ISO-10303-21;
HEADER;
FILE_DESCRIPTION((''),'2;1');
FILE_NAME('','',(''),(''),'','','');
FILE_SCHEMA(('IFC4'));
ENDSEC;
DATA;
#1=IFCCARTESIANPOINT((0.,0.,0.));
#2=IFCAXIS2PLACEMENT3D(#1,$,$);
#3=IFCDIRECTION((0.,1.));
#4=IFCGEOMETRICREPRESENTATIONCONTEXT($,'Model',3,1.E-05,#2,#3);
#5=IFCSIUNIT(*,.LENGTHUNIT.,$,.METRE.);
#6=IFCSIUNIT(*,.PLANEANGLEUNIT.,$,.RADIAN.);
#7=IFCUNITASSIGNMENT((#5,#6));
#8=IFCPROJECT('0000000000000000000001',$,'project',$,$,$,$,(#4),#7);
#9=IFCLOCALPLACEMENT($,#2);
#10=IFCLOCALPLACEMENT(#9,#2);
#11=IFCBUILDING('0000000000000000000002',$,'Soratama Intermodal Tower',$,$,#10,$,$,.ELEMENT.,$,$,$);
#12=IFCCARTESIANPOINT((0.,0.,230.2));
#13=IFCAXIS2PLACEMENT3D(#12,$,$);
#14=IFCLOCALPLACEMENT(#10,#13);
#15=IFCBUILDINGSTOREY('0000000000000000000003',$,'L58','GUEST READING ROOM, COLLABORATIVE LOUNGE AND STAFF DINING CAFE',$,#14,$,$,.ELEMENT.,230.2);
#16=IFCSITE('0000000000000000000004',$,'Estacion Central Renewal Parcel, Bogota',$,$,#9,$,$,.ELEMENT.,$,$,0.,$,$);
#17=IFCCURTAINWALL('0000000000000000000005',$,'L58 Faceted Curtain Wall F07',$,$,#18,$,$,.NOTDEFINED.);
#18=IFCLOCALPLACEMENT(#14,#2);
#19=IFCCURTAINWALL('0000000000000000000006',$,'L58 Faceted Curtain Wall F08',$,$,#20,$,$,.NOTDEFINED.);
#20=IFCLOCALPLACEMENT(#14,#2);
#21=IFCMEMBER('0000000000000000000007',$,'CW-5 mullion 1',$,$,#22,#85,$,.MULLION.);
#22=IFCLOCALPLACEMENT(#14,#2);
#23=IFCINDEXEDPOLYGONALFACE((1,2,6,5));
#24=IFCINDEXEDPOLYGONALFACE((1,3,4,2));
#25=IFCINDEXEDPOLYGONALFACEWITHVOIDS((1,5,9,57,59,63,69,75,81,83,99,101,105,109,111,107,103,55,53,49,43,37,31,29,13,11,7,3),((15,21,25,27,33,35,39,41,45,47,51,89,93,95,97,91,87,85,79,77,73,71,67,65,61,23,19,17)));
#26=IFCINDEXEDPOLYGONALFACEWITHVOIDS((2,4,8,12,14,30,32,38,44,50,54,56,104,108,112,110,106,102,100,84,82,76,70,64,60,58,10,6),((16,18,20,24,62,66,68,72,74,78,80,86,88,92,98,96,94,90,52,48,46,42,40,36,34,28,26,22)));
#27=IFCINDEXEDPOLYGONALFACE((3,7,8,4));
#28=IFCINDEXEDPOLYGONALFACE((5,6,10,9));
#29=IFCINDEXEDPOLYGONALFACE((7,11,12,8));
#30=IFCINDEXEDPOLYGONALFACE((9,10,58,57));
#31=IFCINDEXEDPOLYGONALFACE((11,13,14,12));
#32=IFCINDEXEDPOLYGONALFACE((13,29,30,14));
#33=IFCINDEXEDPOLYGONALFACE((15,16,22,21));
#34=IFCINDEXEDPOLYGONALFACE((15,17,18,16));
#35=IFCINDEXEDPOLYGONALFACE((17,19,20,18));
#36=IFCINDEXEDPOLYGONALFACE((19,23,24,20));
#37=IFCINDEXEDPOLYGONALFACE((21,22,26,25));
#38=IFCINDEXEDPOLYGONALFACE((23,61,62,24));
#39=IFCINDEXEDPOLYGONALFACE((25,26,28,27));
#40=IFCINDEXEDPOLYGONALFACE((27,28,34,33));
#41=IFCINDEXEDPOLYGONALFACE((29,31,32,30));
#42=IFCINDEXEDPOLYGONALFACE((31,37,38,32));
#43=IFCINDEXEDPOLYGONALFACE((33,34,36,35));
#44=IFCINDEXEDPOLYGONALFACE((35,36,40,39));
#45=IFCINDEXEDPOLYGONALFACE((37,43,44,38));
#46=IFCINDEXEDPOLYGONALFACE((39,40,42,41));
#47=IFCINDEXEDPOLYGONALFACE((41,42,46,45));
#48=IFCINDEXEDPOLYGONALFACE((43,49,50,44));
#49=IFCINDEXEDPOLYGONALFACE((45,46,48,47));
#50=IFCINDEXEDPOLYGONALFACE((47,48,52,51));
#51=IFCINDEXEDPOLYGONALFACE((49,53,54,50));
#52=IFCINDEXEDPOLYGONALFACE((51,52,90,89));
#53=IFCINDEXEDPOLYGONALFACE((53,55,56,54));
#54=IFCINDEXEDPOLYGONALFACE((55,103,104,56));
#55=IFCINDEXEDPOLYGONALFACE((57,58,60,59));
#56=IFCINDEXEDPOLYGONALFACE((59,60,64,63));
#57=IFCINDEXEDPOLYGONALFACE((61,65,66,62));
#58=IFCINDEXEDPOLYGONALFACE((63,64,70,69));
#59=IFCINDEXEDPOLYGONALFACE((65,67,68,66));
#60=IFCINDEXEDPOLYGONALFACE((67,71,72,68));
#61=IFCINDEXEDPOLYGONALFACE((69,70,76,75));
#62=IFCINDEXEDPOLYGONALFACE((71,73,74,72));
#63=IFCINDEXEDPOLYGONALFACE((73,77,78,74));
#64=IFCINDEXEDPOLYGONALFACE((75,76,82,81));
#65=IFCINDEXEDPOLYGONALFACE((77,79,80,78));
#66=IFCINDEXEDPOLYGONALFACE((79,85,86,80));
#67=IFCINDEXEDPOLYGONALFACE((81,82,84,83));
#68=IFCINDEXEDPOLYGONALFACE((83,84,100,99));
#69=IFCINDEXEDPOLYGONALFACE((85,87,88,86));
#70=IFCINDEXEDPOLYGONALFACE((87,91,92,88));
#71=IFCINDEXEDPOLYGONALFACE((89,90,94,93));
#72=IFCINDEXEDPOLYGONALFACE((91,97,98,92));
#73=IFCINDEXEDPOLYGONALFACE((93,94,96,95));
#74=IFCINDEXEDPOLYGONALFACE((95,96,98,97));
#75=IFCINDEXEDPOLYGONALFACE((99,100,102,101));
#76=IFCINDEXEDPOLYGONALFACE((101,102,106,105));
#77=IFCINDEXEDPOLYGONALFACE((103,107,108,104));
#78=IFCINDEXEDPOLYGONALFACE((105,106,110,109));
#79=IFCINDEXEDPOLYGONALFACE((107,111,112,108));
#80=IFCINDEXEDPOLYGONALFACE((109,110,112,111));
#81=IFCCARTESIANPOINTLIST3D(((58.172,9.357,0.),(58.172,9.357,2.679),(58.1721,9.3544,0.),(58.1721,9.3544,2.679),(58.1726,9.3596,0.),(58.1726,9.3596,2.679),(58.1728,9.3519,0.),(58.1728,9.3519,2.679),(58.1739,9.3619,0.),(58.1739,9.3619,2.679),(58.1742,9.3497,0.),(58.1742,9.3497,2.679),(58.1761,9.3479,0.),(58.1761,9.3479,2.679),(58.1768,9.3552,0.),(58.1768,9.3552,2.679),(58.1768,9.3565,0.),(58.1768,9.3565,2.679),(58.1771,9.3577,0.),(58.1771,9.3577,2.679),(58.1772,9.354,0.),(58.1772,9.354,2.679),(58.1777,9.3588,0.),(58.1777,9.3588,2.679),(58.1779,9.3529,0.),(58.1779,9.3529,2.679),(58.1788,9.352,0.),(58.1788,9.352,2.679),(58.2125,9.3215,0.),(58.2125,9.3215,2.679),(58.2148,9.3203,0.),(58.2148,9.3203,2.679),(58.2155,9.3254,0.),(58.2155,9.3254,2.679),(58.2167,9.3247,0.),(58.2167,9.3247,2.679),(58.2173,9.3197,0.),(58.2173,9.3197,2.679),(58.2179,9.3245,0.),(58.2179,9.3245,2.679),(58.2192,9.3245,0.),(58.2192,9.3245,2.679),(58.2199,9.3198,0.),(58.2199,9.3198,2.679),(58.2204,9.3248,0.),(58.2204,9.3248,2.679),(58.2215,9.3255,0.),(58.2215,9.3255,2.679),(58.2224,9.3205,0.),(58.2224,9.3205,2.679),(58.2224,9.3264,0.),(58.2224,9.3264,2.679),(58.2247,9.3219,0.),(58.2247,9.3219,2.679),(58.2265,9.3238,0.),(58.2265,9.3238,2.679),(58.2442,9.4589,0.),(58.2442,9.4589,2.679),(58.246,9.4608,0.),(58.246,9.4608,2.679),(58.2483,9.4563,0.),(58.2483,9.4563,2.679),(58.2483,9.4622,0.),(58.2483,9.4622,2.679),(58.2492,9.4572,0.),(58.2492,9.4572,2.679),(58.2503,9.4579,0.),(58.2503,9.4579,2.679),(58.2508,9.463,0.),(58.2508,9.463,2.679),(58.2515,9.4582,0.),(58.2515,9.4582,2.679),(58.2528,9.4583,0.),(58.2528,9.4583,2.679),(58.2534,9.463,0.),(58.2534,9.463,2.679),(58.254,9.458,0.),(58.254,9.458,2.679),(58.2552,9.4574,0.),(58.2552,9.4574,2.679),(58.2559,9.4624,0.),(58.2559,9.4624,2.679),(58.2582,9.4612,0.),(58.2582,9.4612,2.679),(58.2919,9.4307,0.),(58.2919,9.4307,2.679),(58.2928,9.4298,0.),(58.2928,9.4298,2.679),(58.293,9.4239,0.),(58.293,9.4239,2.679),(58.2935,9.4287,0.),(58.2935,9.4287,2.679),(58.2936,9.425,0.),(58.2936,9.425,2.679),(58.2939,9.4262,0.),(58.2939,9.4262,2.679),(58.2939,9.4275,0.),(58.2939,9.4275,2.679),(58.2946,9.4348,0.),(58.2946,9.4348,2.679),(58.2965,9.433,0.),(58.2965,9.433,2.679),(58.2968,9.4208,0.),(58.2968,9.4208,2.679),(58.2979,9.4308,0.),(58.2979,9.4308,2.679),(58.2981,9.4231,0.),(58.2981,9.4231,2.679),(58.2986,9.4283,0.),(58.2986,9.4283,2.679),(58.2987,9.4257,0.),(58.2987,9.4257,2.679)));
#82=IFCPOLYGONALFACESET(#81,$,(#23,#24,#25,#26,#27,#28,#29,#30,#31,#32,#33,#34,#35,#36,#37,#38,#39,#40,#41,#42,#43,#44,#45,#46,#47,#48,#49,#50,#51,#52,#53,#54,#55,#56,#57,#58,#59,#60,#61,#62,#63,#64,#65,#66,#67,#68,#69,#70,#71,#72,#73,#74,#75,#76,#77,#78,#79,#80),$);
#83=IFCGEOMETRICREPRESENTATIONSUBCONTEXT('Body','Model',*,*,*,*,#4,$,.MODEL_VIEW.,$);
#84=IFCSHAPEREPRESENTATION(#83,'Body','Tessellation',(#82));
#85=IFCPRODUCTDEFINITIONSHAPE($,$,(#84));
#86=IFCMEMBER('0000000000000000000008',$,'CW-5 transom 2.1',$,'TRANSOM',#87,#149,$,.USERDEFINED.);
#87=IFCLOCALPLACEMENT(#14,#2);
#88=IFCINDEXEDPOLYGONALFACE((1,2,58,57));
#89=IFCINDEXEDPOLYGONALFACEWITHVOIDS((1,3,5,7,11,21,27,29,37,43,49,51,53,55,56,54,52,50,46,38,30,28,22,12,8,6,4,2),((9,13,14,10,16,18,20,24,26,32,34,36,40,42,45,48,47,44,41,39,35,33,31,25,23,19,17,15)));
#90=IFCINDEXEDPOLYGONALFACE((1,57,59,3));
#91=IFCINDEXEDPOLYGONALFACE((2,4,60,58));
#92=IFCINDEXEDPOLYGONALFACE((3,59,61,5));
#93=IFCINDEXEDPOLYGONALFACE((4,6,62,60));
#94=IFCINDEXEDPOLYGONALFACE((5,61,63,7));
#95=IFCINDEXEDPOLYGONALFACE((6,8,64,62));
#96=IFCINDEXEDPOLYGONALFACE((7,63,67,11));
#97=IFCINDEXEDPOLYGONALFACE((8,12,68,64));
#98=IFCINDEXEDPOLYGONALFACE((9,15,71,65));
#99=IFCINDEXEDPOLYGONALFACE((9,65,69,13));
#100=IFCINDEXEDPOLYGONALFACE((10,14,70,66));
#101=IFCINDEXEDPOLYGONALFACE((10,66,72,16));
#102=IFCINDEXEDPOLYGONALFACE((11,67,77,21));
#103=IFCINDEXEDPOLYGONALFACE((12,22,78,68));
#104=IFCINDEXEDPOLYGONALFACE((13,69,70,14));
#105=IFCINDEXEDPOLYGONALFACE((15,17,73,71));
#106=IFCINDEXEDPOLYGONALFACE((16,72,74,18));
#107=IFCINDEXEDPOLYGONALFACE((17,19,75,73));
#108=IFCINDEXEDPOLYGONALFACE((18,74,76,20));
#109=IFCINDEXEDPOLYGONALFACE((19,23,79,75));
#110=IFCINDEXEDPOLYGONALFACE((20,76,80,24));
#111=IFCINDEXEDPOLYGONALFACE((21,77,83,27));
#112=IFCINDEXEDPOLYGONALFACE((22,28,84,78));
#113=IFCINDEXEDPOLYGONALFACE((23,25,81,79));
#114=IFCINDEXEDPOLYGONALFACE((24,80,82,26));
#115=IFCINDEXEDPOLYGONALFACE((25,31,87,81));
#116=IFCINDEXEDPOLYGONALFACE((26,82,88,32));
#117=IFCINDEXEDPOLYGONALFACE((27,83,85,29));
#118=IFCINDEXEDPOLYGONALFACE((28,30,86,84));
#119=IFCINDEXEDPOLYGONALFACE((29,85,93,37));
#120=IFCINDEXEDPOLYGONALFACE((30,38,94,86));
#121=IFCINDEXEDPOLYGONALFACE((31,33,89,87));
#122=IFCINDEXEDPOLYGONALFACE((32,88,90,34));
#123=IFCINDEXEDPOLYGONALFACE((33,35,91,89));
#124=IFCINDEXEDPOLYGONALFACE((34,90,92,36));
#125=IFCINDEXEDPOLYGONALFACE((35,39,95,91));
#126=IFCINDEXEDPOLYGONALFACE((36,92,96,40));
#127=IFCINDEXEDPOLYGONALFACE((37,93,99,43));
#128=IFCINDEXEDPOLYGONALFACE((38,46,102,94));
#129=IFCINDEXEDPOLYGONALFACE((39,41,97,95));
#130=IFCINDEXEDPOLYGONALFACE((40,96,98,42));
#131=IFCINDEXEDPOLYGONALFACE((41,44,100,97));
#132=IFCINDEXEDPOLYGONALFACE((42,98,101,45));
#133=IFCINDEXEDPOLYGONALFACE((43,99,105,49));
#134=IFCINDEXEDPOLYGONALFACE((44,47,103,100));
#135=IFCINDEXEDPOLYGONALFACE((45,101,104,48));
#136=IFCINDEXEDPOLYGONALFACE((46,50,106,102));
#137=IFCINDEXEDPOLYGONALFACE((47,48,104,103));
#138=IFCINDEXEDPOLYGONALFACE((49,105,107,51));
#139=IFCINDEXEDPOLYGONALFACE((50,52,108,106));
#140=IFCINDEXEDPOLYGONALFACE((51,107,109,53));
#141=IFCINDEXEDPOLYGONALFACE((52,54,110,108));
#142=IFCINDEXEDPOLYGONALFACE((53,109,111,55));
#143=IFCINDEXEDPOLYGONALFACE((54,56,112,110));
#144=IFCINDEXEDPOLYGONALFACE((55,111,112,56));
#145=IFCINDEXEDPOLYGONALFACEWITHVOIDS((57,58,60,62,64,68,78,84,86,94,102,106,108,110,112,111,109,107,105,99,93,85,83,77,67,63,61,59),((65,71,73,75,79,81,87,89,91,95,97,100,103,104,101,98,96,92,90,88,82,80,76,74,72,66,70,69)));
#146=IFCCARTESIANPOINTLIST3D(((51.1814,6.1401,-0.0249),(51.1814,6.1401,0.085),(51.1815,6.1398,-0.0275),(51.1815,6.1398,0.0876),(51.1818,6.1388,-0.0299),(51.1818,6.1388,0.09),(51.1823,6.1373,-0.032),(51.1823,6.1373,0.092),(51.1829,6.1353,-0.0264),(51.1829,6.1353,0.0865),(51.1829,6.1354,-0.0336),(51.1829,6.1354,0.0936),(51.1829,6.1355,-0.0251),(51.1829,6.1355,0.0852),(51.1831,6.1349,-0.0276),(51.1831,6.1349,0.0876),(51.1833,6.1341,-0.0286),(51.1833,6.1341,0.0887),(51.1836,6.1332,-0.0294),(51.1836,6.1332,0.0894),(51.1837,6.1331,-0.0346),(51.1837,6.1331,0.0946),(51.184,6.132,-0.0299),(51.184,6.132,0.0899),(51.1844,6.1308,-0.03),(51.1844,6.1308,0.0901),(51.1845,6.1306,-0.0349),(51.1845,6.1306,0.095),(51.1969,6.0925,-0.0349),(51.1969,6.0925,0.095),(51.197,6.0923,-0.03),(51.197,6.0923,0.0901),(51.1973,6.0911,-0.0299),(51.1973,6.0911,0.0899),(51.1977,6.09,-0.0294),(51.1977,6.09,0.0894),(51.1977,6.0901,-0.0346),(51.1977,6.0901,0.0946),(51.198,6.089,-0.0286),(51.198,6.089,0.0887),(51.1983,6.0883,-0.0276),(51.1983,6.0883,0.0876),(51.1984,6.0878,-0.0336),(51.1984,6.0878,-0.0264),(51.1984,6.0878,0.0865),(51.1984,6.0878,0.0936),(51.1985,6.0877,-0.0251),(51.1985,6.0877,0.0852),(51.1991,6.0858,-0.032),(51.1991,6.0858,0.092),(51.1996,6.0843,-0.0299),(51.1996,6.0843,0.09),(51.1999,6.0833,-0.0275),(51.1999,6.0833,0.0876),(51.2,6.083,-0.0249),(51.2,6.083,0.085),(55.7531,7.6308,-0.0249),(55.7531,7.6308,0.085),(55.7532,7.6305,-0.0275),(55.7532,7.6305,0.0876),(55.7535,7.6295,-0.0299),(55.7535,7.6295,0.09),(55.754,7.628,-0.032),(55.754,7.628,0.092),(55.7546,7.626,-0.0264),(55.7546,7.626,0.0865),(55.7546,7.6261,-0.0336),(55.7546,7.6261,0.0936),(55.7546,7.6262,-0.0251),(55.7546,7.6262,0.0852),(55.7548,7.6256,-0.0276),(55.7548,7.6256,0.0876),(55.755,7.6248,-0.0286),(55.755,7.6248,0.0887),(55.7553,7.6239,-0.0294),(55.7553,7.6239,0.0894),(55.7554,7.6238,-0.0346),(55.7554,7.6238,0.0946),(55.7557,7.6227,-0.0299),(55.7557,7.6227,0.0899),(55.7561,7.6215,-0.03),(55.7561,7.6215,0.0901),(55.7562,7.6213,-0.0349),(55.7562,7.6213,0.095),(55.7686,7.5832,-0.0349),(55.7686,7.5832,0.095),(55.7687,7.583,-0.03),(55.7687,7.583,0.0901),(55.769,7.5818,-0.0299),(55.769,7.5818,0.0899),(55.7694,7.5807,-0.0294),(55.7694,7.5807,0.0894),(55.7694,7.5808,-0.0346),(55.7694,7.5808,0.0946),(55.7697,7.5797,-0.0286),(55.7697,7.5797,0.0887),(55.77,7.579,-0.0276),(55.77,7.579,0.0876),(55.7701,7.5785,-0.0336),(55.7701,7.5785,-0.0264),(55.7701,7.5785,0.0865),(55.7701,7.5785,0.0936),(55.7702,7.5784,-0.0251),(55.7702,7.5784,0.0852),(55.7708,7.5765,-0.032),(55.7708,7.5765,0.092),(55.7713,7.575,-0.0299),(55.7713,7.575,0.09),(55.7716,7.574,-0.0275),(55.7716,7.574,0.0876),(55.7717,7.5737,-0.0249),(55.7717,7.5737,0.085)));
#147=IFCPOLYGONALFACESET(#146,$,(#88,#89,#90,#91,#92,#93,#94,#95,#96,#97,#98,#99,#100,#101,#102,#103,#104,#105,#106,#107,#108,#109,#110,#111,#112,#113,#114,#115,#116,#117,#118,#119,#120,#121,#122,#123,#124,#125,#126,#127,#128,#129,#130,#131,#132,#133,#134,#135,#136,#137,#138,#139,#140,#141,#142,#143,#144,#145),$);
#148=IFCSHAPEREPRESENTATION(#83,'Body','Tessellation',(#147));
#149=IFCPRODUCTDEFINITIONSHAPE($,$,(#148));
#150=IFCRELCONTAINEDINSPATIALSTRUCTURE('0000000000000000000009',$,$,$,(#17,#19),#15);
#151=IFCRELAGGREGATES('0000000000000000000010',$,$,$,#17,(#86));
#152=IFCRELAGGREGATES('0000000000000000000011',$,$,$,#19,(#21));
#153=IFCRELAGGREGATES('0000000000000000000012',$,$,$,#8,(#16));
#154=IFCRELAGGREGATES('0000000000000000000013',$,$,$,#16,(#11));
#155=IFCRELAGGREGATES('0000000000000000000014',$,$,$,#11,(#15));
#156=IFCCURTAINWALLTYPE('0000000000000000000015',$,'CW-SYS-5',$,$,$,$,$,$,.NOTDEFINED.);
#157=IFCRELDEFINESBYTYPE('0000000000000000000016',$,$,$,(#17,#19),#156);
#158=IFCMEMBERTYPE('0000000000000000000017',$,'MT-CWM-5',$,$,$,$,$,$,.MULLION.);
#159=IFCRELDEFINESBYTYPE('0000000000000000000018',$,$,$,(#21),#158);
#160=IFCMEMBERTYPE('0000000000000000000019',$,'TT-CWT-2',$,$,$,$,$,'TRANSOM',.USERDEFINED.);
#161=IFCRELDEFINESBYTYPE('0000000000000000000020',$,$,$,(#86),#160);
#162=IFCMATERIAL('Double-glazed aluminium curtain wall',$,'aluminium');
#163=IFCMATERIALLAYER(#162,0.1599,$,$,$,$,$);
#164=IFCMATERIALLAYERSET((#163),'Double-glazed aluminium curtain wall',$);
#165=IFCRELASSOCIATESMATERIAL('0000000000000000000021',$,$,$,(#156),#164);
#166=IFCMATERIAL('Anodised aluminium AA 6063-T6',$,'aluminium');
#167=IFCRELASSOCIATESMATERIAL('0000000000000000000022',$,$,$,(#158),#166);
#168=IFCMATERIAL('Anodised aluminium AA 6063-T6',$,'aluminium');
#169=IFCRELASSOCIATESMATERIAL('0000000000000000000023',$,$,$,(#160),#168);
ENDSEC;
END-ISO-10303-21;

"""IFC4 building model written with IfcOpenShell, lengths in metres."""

from ifc_helpers import new_model, si_unit, direction, frame, origin, origin_2d, place, context, subcontext, project, spatial, hollow_rectangle, extrude, material, layer, layer_set, material_profile, profile_set, type_object, element, aggregate, save


model = new_model("IFC4")

# Units and contexts
model_context = context("Model", 3, precision=1e-05, world=origin(), true_north=direction((0.0, 1.0)))
body_context = subcontext(model_context, "Body", "Model", "MODEL_VIEW")
ifc_project = project(units=[si_unit("LENGTHUNIT", "METRE"), si_unit("PLANEANGLEUNIT", "RADIAN")], contexts=[model_context])

# Site, building, storey
site_placement = place(None, origin())
site = spatial("IfcSite", under=ifc_project, at=site_placement, Name="Estacion Central Renewal Parcel, Bogota", CompositionType="ELEMENT", RefElevation=0.0)
building_placement = place(site_placement, origin())
building = spatial("IfcBuilding", under=site, at=building_placement, Name="Soratama Intermodal Tower", CompositionType="ELEMENT")
storey_placement = place(building_placement, frame((0.0, 0.0, 230.2)))
storey = spatial("IfcBuildingStorey", under=building, at=storey_placement, Name="L58", Description="GUEST READING ROOM, COLLABORATIVE LOUNGE AND STAFF DINING CAFE", CompositionType="ELEMENT", Elevation=230.2)

# Curtain walls, member
ifc_material_1 = material(Name="Double-glazed aluminium curtain wall", Category="aluminium")
ifc_layer_1 = layer(ifc_material_1, 0.1599)
ifc_layer_set_1 = layer_set([ifc_layer_1], Name="Double-glazed aluminium curtain wall")
curtain_wall_type = type_object("IfcCurtainWallType", Name="CW-SYS-5", PredefinedType="NOTDEFINED", material=ifc_layer_set_1)
curtain_wall_1_placement = place(storey_placement, origin())
curtain_wall_1 = element("IfcCurtainWall", 1, at=curtain_wall_1_placement, inside=storey, type_object=curtain_wall_type, Name="L58 Faceted Curtain Wall F07", PredefinedType="NOTDEFINED")
ifc_material_2 = material(Name="Anodised aluminium AA 6063-T6", Category="aluminium")
ifc_material_profile_1 = material_profile(ifc_material_2, hollow_rectangle(XDim=0.0649, YDim=0.1399, WallThickness=0.0049, InnerFilletRadius=0.0049, OuterFilletRadius=0.01, at=origin_2d()), Name="CWM140X65X5")
ifc_profile_set_1 = profile_set([ifc_material_profile_1], Name="Anodised aluminium AA 6063-T6")
member_type_1 = type_object("IfcMemberType", Name="MT-CWM-5", PredefinedType="MULLION", material=ifc_profile_set_1)
curtain_wall_2_placement = place(storey_placement, origin())
curtain_wall_2 = element("IfcCurtainWall", 2, at=curtain_wall_2_placement, inside=storey, type_object=curtain_wall_type, Name="L58 Faceted Curtain Wall F08", PredefinedType="NOTDEFINED")
member_1_placement = place(storey_placement, frame((58.2354, 9.3914, 0.0), z_axis=(0.0, 0.0, 1.0), x_axis=(-0.809633, 0.586937, 0.0)))
member_1 = element("IfcMember", 3, at=member_1_placement, type_object=member_type_1, Name="CW-5 mullion 1", PredefinedType="MULLION", context=body_context, shape_type="SweptSolid", body=[
    extrude(hollow_rectangle(XDim=0.0649, YDim=0.1399, WallThickness=0.0049, InnerFilletRadius=0.0049, OuterFilletRadius=0.01, at=origin_2d()), origin(), (0.0, 0.0, 1.0), 2.679),
])

# Member
ifc_material_3 = material(Name="Anodised aluminium AA 6063-T6", Category="aluminium")
ifc_material_profile_2 = material_profile(ifc_material_3, hollow_rectangle(XDim=0.0601, YDim=0.1299, WallThickness=0.0049, InnerFilletRadius=0.0049, OuterFilletRadius=0.01, at=origin_2d()), Name="CWT130X60X5")
ifc_profile_set_2 = profile_set([ifc_material_profile_2], Name="Anodised aluminium AA 6063-T6")
member_type_2 = type_object("IfcMemberType", Name="TT-CWT-2", ElementType="TRANSOM", PredefinedType="USERDEFINED", material=ifc_profile_set_2)
member_2_placement = place(storey_placement, frame((51.1907, 6.1116, 0.03), z_axis=(0.950734, 0.310007, 0.0), x_axis=(-0.310007, 0.950734, 0.0)))
member_2 = element("IfcMember", 4, at=member_2_placement, type_object=member_type_2, Name="CW-5 transom 2.1", ObjectType="TRANSOM", PredefinedType="USERDEFINED", context=body_context, shape_type="SweptSolid", body=[
    extrude(hollow_rectangle(XDim=0.0601, YDim=0.1299, WallThickness=0.0049, InnerFilletRadius=0.0049, OuterFilletRadius=0.01, at=origin_2d()), origin(), (0.0, 0.0, 1.0), 4.8086),
])

aggregate(curtain_wall_1, [member_2])
aggregate(curtain_wall_2, [member_1])

save(model, "model.ifc")
